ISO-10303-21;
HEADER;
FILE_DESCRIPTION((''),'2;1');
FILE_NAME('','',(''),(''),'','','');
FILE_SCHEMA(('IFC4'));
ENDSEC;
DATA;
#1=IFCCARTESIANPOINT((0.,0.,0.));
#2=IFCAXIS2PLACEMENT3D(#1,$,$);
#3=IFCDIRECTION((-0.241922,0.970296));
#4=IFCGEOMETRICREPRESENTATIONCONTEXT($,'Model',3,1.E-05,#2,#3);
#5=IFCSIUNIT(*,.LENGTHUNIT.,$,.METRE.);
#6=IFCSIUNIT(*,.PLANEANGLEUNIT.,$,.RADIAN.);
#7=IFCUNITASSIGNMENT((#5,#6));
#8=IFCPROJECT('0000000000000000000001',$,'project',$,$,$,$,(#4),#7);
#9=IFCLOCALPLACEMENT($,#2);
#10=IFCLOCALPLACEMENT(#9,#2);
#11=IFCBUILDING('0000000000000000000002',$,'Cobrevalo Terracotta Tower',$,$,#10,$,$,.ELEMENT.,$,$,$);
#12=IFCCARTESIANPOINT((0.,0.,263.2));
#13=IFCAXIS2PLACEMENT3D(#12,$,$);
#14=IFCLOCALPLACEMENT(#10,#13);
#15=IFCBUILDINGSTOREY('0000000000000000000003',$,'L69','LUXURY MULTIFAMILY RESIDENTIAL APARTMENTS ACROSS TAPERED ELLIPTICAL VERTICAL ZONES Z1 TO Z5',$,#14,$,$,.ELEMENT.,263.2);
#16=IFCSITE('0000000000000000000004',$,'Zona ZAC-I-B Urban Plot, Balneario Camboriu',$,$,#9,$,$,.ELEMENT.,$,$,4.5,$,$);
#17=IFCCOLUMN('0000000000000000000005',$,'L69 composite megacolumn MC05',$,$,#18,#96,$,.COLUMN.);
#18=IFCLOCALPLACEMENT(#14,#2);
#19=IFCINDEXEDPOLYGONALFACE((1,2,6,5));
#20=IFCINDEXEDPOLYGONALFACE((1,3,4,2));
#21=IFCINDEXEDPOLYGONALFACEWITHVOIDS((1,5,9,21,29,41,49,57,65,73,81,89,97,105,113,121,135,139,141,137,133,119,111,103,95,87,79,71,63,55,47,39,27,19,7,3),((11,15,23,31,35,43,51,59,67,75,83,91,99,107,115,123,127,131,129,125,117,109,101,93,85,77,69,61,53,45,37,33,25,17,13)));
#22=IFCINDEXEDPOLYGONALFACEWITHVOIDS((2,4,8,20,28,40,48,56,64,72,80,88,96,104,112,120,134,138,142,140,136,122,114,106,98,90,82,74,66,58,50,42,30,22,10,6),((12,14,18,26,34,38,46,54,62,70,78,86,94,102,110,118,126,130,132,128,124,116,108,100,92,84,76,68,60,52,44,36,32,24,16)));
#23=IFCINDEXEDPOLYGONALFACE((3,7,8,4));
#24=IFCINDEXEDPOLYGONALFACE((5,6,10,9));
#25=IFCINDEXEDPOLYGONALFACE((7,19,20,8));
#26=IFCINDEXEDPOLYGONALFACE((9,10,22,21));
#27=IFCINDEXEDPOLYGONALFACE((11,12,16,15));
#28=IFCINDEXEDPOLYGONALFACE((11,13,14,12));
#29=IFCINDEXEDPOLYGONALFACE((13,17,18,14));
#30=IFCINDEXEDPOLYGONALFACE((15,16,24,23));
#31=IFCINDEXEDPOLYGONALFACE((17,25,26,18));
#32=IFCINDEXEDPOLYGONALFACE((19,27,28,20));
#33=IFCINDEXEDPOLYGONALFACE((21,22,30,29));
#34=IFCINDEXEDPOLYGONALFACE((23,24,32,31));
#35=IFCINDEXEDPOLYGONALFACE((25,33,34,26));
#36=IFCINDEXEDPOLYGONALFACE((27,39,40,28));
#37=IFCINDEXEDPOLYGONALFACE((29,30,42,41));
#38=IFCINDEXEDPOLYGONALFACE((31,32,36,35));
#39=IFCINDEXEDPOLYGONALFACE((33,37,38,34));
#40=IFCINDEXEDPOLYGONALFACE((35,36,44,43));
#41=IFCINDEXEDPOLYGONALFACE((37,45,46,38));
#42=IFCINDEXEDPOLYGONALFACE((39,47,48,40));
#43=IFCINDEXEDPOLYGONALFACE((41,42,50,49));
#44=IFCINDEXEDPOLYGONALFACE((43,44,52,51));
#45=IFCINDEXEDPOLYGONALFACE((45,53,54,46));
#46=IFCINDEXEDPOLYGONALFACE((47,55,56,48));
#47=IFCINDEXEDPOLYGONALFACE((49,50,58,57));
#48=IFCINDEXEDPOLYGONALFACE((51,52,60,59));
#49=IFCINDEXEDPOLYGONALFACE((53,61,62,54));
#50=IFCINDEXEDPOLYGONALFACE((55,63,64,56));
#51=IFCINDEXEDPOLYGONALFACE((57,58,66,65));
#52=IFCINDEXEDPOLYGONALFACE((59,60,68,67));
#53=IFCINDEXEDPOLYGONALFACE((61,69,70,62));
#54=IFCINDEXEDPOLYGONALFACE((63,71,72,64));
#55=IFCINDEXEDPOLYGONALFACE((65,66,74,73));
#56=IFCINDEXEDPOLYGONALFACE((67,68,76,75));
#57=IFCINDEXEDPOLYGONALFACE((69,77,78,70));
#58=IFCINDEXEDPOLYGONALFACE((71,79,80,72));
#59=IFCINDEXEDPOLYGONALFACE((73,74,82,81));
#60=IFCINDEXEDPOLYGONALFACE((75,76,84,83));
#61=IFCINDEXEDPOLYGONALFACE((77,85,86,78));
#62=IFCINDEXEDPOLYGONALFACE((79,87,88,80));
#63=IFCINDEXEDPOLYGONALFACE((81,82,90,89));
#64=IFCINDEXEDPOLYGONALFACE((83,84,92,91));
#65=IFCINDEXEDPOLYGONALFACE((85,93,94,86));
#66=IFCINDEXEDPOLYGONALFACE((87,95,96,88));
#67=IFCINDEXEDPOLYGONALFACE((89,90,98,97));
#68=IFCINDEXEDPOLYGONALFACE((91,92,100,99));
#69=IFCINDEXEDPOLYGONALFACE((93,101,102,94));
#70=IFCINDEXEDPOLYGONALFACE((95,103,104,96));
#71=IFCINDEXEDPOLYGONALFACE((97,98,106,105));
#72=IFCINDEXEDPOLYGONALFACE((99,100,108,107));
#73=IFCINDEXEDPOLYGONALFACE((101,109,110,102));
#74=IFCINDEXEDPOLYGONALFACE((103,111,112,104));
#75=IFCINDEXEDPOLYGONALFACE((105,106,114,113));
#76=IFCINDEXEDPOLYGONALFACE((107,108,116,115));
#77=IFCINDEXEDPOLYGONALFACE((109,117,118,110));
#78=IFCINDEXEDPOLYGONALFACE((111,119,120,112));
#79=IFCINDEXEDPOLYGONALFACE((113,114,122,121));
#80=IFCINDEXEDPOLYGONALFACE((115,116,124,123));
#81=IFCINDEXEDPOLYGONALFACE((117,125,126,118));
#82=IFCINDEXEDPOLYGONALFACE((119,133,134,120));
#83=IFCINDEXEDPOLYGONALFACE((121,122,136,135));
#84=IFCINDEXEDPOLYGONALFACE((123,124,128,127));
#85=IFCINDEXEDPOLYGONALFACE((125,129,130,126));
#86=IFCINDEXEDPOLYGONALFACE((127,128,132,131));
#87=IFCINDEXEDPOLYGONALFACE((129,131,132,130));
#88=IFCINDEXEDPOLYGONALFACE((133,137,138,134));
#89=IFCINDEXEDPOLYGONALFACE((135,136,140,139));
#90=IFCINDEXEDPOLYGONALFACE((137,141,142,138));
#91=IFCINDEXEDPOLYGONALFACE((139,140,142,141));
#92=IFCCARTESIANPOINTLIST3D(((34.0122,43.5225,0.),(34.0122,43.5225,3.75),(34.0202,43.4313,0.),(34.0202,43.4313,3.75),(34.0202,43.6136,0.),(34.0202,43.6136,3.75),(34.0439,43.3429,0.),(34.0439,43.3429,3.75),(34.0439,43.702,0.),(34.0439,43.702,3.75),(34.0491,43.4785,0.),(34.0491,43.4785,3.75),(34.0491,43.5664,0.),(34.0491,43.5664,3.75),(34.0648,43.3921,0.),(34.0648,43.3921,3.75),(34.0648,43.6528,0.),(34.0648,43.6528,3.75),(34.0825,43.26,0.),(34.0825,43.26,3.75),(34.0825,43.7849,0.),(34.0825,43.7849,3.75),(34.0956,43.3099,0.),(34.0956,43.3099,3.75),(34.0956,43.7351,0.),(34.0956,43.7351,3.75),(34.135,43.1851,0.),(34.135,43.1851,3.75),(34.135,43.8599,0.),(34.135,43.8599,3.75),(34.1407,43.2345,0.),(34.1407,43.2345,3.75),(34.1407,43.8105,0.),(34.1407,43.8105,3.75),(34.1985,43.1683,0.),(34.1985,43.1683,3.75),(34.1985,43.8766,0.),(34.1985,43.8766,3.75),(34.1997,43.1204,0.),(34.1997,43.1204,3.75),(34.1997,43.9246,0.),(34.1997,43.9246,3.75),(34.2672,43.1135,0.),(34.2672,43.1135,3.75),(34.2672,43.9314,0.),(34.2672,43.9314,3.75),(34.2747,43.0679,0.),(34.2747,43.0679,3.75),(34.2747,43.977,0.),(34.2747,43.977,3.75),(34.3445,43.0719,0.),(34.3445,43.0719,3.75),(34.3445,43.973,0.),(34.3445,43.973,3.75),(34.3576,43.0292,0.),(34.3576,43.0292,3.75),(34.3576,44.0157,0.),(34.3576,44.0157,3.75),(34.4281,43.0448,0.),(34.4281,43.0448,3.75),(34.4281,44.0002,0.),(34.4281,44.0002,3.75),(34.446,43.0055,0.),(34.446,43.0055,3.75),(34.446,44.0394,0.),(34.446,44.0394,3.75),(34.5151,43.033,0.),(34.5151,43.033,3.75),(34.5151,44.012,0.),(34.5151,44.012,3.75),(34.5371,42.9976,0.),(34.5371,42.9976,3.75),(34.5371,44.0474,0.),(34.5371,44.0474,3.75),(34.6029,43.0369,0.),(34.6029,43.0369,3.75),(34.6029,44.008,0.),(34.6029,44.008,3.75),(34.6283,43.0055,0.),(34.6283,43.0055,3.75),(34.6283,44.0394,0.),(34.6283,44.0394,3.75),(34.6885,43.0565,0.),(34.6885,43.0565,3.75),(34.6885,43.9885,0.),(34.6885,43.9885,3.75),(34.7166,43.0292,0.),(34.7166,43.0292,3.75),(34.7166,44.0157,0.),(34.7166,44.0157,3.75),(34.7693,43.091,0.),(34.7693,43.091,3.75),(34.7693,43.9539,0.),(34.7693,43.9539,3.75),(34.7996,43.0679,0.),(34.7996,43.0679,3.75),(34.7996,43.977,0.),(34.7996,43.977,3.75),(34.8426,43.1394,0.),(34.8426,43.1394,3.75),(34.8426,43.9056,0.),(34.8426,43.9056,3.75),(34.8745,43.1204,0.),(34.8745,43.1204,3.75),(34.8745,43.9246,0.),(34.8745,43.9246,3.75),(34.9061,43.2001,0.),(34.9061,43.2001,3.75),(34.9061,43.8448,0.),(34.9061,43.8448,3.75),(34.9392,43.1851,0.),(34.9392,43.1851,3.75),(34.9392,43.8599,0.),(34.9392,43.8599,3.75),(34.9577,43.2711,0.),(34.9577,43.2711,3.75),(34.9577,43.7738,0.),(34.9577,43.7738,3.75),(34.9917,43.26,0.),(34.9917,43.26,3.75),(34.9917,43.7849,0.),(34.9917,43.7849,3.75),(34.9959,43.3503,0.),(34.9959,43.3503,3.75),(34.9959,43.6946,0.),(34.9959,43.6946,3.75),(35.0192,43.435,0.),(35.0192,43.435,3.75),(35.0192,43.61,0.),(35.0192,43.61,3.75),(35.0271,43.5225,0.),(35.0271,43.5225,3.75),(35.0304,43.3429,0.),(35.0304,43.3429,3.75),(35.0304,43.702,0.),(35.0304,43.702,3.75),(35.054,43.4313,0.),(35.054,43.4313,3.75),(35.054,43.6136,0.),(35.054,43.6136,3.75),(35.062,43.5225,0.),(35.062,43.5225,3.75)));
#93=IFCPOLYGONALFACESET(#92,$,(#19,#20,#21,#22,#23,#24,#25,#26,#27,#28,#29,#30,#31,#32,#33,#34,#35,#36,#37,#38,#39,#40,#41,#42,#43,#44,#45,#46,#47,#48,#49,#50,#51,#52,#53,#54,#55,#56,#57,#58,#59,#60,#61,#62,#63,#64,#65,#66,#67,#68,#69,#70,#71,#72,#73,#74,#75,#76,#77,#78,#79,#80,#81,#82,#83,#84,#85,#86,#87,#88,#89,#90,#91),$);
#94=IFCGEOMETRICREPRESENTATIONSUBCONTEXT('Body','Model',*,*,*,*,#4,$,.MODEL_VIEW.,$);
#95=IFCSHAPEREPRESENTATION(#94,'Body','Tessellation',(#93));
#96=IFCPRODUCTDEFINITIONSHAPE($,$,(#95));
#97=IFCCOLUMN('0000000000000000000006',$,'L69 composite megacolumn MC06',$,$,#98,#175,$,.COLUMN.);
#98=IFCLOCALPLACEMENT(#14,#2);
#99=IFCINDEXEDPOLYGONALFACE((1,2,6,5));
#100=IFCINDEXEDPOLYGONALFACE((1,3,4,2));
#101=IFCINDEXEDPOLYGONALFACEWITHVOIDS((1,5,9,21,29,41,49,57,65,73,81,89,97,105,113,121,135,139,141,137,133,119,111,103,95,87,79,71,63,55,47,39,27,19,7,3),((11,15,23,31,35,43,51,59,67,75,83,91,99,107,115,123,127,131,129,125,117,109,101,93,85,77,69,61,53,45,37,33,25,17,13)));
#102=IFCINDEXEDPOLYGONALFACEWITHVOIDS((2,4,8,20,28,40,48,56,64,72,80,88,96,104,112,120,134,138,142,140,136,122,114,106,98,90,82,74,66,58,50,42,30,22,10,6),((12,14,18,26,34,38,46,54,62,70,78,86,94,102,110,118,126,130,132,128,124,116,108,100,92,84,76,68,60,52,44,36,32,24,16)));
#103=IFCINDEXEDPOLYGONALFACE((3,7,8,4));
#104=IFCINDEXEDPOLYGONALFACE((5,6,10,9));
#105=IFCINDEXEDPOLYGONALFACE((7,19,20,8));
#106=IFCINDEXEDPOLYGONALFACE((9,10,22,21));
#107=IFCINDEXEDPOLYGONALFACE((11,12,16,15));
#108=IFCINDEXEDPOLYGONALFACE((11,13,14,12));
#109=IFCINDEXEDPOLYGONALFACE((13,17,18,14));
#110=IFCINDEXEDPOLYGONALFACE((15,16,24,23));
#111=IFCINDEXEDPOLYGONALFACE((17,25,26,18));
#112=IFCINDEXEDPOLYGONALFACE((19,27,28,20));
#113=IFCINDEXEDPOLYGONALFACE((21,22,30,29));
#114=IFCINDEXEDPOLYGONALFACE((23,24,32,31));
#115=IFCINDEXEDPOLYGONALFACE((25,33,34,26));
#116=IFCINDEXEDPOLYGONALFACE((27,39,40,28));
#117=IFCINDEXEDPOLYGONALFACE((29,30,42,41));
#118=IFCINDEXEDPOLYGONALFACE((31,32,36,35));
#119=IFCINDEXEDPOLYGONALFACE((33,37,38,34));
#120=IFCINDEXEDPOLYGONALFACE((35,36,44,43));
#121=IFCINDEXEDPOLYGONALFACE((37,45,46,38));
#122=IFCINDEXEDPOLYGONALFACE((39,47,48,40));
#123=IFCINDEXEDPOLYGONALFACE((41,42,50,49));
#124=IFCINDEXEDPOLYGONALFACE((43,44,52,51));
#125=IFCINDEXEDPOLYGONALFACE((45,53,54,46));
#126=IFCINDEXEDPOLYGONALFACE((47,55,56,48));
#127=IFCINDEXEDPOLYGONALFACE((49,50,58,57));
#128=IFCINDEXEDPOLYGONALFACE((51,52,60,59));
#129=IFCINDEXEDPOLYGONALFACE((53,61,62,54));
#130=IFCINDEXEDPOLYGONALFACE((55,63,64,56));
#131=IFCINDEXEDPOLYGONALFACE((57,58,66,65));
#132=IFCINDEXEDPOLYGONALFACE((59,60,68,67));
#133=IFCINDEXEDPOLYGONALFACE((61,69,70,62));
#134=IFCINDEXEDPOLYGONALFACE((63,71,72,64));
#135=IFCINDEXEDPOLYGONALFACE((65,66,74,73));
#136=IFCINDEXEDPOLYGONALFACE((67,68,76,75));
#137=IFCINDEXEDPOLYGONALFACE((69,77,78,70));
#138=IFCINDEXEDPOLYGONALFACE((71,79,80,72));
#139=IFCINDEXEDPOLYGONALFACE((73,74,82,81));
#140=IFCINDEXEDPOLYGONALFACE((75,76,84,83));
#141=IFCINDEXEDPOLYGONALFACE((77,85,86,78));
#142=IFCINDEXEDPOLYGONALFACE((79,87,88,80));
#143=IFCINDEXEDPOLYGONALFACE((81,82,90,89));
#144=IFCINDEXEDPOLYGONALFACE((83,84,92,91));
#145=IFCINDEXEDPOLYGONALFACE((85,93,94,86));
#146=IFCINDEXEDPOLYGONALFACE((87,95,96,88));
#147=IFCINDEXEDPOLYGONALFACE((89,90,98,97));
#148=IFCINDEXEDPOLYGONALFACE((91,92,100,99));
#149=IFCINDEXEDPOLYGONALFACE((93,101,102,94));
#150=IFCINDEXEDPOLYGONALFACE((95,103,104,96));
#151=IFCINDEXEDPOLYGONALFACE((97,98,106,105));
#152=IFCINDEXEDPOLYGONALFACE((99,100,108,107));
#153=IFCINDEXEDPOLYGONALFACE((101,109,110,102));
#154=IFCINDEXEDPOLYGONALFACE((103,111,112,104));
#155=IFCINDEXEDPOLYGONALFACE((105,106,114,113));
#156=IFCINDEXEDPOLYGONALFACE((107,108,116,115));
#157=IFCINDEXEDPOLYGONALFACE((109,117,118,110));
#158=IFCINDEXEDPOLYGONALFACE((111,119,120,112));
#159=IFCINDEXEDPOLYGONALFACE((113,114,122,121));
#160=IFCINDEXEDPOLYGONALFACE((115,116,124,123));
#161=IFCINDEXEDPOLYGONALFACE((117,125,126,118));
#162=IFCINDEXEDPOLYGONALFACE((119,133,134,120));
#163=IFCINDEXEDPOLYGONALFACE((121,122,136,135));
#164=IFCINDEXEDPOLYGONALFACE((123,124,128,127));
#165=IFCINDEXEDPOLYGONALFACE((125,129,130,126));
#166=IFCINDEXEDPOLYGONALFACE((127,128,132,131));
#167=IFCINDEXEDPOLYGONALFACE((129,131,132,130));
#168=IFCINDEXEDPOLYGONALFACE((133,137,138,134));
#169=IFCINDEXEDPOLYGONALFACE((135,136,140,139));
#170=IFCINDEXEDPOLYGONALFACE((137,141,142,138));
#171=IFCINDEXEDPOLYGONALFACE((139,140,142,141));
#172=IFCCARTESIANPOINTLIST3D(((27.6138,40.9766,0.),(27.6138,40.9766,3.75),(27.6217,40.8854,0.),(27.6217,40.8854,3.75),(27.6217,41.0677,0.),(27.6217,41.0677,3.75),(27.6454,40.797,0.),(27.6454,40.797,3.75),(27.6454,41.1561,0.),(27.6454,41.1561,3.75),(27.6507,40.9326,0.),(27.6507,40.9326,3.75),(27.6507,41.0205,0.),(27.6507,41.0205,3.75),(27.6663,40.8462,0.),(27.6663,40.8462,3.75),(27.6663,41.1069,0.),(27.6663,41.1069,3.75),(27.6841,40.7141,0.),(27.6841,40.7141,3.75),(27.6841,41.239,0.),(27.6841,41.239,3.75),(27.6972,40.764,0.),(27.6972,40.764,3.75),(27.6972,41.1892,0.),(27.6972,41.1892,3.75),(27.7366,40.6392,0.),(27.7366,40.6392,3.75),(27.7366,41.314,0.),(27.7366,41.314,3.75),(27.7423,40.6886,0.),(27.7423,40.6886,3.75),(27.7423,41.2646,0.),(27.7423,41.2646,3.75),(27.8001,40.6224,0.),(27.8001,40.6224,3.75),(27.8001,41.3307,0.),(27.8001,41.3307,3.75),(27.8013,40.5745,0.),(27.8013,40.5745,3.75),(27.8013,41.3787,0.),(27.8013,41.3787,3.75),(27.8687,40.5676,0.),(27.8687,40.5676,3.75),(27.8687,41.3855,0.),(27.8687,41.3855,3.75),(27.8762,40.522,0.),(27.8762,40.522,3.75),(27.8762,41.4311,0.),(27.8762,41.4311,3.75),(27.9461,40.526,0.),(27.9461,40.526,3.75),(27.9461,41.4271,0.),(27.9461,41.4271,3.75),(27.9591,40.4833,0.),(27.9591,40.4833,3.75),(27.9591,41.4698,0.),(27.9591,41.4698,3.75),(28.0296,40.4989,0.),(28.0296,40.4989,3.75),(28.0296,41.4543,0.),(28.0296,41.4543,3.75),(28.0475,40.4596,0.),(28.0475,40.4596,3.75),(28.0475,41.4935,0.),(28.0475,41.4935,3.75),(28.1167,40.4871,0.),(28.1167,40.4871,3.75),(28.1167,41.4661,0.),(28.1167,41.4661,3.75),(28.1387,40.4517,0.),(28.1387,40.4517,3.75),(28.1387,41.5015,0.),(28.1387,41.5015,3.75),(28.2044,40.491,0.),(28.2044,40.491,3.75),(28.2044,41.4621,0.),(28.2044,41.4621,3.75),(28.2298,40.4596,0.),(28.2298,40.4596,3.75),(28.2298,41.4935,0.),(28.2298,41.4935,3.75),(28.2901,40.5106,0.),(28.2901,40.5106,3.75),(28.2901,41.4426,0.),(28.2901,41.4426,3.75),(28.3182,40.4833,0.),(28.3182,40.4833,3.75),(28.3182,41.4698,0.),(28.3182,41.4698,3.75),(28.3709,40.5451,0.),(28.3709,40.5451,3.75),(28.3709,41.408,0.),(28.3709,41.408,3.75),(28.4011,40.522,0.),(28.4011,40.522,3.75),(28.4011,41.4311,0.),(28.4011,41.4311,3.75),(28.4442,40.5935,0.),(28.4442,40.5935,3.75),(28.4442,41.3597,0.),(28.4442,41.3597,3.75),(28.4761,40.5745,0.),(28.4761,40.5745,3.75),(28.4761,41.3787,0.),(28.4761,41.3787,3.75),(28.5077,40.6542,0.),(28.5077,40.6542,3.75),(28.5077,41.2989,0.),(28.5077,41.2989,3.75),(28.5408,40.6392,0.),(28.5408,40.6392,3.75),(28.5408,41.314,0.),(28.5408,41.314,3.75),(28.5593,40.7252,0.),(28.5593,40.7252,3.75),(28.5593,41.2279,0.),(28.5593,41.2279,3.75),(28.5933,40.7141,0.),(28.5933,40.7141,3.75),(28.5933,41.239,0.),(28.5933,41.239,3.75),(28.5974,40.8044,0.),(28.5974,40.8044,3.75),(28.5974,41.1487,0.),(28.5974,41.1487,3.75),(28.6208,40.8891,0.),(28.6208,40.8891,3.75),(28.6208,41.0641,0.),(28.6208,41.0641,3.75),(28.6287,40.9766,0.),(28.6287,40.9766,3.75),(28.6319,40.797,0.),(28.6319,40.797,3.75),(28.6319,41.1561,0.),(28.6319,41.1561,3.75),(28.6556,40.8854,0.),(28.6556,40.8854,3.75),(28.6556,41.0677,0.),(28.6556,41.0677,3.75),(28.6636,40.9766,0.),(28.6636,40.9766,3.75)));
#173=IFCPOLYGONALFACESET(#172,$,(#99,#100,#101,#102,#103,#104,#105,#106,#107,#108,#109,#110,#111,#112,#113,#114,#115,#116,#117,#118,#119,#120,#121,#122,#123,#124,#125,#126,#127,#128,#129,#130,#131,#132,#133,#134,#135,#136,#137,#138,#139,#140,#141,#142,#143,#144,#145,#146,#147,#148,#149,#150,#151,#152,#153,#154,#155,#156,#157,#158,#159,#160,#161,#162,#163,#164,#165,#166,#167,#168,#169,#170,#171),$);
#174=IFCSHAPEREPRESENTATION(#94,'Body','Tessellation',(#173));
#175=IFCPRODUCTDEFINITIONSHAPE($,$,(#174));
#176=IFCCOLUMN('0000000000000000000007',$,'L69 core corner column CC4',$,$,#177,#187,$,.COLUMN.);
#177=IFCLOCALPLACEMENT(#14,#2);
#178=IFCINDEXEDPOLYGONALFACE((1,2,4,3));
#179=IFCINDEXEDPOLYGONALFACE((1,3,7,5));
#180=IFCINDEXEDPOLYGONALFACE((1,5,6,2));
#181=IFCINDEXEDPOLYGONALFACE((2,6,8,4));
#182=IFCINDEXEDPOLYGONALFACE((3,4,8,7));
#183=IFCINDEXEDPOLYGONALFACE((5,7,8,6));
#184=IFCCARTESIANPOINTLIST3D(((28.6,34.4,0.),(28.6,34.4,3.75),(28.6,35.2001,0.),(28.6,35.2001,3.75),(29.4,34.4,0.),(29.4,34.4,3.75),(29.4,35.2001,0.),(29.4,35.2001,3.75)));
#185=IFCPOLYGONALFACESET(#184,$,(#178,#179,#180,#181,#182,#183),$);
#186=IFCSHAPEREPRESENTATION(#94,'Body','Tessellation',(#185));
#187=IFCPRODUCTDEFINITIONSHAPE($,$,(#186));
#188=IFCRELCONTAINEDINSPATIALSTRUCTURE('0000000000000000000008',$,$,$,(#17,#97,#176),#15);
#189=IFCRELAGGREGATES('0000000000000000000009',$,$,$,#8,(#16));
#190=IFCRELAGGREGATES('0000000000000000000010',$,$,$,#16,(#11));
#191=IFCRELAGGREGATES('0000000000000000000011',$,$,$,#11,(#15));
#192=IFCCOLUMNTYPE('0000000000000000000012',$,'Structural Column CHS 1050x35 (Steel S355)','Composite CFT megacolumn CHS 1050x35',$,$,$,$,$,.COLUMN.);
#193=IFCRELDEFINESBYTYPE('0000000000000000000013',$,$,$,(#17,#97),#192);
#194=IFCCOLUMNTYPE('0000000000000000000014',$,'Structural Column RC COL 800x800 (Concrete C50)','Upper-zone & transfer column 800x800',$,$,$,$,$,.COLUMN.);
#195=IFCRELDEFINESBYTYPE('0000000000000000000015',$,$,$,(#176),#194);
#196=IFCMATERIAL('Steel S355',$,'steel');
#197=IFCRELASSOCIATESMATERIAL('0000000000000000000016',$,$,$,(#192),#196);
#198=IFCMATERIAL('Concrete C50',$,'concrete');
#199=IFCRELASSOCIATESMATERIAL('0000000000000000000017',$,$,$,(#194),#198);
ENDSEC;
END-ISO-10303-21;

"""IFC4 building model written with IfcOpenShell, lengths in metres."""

from ifc_helpers import new_model, si_unit, direction, frame, origin, origin_2d, place, context, subcontext, project, spatial, rectangle, hollow_circle, extrude, material, material_profile, profile_set, type_object, element, save


model = new_model("IFC4")

# Units and contexts
model_context = context("Model", 3, precision=1e-05, world=origin(), true_north=direction((-0.241922, 0.970296)))
body_context = subcontext(model_context, "Body", "Model", "MODEL_VIEW")
ifc_project = project(units=[si_unit("LENGTHUNIT", "METRE"), si_unit("PLANEANGLEUNIT", "RADIAN")], contexts=[model_context])

# Site, building, storey
site_placement = place(None, origin())
site = spatial("IfcSite", under=ifc_project, at=site_placement, Name="Zona ZAC-I-B Urban Plot, Balneario Camboriu", CompositionType="ELEMENT", RefElevation=4.5)
building_placement = place(site_placement, origin())
building = spatial("IfcBuilding", under=site, at=building_placement, Name="Cobrevalo Terracotta Tower", CompositionType="ELEMENT")
storey_placement = place(building_placement, frame((0.0, 0.0, 263.2)))
storey = spatial("IfcBuildingStorey", under=building, at=storey_placement, Name="L69", Description="LUXURY MULTIFAMILY RESIDENTIAL APARTMENTS ACROSS TAPERED ELLIPTICAL VERTICAL ZONES Z1 TO Z5", CompositionType="ELEMENT", Elevation=263.2)

# Columns
ifc_material_1 = material(Name="Steel S355", Category="steel")
ifc_material_profile_1 = material_profile(ifc_material_1, hollow_circle(Radius=0.5249, WallThickness=0.0349, at=origin_2d()), Name="CHS 1050x35")
ifc_profile_set_1 = profile_set([ifc_material_profile_1], Name="Steel S355")
column_type_1 = type_object("IfcColumnType", Name="Structural Column CHS 1050x35 (Steel S355)", Description="Composite CFT megacolumn CHS 1050x35", PredefinedType="COLUMN", material=ifc_profile_set_1)
for number, where, z_axis, x_axis, name in (
    (1, (34.5371, 43.5225, 0.0), (0.0, 0.0, 1.0), (1.0, 0.0, 0.0), "L69 composite megacolumn MC05"),
    (2, (28.1387, 40.9766, 0.0), (0.0, 0.0, 1.0), (1.0, 0.0, 0.0), "L69 composite megacolumn MC06"),
):
    element("IfcColumn", number, at=place(storey_placement, frame(where, z_axis=z_axis, x_axis=x_axis)), inside=storey, type_object=column_type_1, Name=name, PredefinedType="COLUMN", context=body_context, shape_type="SweptSolid", body=[
        extrude(hollow_circle(Radius=0.5249, WallThickness=0.0349, at=origin_2d()), origin(), (0.0, 0.0, 1.0), 3.75),
    ])
ifc_material_2 = material(Name="Concrete C50", Category="concrete")
ifc_material_profile_2 = material_profile(ifc_material_2, rectangle(XDim=0.8, YDim=0.8, at=origin_2d()), Name="RC COL 800x800")
ifc_profile_set_2 = profile_set([ifc_material_profile_2], Name="Concrete C50")
column_type_2 = type_object("IfcColumnType", Name="Structural Column RC COL 800x800 (Concrete C50)", Description="Upper-zone & transfer column 800x800", PredefinedType="COLUMN", material=ifc_profile_set_2)
column_placement = place(storey_placement, frame((29.0, 34.8, 0.0), z_axis=(0.0, 0.0, 1.0), x_axis=(1.0, 0.0, 0.0)))
element("IfcColumn", 3, at=column_placement, inside=storey, type_object=column_type_2, Name="L69 core corner column CC4", PredefinedType="COLUMN", context=body_context, shape_type="SweptSolid", body=[
    extrude(rectangle(XDim=0.8, YDim=0.8, at=origin_2d()), origin(), (0.0, 0.0, 1.0), 3.75),
])

save(model, "model.ifc")
